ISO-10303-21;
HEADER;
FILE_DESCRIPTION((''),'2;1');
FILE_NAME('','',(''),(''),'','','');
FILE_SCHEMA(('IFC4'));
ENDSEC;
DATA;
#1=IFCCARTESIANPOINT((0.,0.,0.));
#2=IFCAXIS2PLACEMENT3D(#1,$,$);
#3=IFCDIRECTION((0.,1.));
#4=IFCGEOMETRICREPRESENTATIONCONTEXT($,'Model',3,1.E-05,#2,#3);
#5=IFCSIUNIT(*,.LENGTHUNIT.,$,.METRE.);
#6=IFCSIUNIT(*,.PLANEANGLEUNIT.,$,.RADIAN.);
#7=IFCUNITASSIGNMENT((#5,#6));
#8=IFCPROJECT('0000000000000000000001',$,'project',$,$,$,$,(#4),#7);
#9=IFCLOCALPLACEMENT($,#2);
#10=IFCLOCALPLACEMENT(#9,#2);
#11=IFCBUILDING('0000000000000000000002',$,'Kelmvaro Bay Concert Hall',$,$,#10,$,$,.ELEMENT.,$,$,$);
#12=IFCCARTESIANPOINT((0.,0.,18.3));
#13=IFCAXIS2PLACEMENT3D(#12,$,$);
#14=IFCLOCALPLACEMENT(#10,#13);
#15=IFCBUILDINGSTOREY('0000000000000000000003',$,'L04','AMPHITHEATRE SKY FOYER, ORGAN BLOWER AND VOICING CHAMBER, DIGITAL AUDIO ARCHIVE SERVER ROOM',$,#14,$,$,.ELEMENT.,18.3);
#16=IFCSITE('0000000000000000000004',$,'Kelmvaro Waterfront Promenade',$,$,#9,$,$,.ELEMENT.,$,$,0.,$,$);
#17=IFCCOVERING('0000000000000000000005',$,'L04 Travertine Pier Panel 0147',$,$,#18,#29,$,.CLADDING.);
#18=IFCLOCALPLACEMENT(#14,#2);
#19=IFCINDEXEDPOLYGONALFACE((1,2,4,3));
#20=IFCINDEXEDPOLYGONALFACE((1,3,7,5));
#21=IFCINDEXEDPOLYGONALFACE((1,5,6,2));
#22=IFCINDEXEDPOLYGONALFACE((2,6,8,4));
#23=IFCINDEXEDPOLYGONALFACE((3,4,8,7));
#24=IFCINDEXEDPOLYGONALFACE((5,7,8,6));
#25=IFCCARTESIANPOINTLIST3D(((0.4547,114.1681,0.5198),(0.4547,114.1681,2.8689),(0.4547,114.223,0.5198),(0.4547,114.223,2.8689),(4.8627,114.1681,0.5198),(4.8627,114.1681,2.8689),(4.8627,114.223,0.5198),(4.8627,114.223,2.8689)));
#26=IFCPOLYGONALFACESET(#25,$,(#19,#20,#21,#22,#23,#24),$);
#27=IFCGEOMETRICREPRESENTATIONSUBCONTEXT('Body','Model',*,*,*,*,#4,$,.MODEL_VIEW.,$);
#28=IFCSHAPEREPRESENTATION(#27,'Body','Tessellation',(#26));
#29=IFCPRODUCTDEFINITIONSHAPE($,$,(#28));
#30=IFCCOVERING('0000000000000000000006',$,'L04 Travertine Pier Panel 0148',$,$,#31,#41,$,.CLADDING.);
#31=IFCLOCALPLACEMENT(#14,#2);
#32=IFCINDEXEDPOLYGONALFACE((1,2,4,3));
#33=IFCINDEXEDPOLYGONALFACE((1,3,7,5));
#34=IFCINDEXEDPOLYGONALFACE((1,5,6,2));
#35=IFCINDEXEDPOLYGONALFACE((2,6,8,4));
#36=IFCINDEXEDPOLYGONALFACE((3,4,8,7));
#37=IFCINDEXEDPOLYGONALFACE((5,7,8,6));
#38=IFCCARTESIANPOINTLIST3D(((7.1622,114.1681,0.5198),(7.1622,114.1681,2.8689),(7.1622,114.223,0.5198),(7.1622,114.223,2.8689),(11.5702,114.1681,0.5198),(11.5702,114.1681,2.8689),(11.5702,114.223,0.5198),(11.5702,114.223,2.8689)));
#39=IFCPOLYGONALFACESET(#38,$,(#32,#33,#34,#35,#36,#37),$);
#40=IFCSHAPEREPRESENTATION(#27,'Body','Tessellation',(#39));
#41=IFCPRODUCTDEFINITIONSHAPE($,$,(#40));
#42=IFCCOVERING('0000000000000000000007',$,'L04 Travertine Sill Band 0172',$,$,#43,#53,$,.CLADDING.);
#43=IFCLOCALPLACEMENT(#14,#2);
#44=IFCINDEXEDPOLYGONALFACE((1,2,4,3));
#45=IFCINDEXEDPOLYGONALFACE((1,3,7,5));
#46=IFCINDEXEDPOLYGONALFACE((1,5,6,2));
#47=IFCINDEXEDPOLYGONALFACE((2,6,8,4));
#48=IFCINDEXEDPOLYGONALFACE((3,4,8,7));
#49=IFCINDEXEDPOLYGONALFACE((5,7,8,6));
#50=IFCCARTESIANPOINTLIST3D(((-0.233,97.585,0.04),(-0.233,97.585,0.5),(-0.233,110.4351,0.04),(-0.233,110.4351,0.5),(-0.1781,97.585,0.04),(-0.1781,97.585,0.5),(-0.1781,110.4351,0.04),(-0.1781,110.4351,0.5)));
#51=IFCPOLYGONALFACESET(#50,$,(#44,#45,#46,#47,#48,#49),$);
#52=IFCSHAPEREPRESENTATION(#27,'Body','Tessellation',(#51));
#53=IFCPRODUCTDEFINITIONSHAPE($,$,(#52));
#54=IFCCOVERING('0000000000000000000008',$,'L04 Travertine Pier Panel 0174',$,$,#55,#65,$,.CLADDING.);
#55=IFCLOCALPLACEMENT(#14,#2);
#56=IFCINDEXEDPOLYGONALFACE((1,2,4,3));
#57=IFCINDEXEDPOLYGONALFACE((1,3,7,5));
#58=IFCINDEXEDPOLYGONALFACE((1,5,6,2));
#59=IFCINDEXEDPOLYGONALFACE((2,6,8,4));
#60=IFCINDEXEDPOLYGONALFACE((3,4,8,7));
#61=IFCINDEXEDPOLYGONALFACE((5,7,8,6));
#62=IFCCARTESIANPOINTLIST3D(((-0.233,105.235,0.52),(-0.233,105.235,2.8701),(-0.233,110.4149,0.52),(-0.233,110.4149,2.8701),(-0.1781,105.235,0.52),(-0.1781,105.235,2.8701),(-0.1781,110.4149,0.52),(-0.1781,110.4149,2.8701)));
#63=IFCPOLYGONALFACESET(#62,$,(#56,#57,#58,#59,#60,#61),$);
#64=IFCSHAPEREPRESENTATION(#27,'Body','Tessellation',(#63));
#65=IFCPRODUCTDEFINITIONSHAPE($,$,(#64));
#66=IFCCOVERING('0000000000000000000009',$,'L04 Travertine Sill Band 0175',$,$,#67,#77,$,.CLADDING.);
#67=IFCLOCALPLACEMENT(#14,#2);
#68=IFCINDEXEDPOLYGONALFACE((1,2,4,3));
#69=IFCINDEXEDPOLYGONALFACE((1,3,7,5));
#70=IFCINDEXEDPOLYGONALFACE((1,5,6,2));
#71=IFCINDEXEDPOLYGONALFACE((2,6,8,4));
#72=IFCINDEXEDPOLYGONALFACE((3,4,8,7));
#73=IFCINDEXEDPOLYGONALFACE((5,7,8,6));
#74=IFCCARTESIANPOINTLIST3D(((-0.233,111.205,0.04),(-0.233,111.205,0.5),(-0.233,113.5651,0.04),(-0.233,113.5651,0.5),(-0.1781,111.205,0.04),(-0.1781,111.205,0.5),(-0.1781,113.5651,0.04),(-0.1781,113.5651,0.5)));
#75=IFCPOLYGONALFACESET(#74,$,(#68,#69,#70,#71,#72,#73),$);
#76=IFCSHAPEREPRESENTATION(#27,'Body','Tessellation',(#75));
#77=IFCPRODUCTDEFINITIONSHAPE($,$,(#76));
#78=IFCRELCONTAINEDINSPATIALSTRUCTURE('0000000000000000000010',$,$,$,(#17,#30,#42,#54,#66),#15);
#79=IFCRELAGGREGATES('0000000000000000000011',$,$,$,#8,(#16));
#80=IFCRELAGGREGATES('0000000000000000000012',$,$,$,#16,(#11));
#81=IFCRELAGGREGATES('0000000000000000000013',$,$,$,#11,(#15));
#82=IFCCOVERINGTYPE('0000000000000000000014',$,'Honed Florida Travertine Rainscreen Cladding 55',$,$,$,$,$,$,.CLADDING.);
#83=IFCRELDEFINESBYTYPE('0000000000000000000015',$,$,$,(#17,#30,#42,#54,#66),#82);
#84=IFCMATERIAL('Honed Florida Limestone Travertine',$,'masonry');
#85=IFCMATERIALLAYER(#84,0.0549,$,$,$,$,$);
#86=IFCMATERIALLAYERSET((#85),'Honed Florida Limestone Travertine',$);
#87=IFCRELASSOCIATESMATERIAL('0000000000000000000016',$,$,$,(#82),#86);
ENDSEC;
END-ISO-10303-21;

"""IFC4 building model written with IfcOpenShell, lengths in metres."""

from ifc_helpers import new_model, si_unit, direction, frame, origin, origin_2d, place, context, subcontext, project, spatial, rectangle, extrude, material, layer, layer_set, type_object, element, save


model = new_model("IFC4")

# Units and contexts
model_context = context("Model", 3, precision=1e-05, world=origin(), true_north=direction((0.0, 1.0)))
body_context = subcontext(model_context, "Body", "Model", "MODEL_VIEW")
ifc_project = project(units=[si_unit("LENGTHUNIT", "METRE"), si_unit("PLANEANGLEUNIT", "RADIAN")], contexts=[model_context])

# Site, building, storey
site_placement = place(None, origin())
site = spatial("IfcSite", under=ifc_project, at=site_placement, Name="Kelmvaro Waterfront Promenade", CompositionType="ELEMENT", RefElevation=0.0)
building_placement = place(site_placement, origin())
building = spatial("IfcBuilding", under=site, at=building_placement, Name="Kelmvaro Bay Concert Hall", CompositionType="ELEMENT")
storey_placement = place(building_placement, frame((0.0, 0.0, 18.3)))
storey = spatial("IfcBuildingStorey", under=building, at=storey_placement, Name="L04", Description="AMPHITHEATRE SKY FOYER, ORGAN BLOWER AND VOICING CHAMBER, DIGITAL AUDIO ARCHIVE SERVER ROOM", CompositionType="ELEMENT", Elevation=18.3)

# Coverings
ifc_material_1 = material(Name="Honed Florida Limestone Travertine", Category="masonry")
ifc_layer_1 = layer(ifc_material_1, 0.0549)
ifc_layer_set_1 = layer_set([ifc_layer_1], Name="Honed Florida Limestone Travertine")
covering_type = type_object("IfcCoveringType", Name="Honed Florida Travertine Rainscreen Cladding 55", PredefinedType="CLADDING", material=ifc_layer_set_1)
for number, where, z_axis, x_axis, name in (
    (1, (2.6587, 114.1956, 0.5198), (0.0, 0.0, 1.0), (1.0, 0.0, 0.0), "L04 Travertine Pier Panel 0147"),
    (2, (9.3662, 114.1956, 0.5198), (0.0, 0.0, 1.0), (1.0, 0.0, 0.0), "L04 Travertine Pier Panel 0148"),
):
    element("IfcCovering", number, at=place(storey_placement, frame(where, z_axis=z_axis, x_axis=x_axis)), inside=storey, type_object=covering_type, Name=name, PredefinedType="CLADDING", context=body_context, shape_type="SweptSolid", body=[
        extrude(rectangle(XDim=4.408, YDim=0.0549, at=origin_2d()), origin(), (0.0, 0.0, 1.0), 2.3491),
    ])
covering_1_placement = place(storey_placement, frame((-0.2056, 104.01, 0.04), z_axis=(0.0, 0.0, 1.0), x_axis=(0.0, 1.0, 0.0)))
element("IfcCovering", 3, at=covering_1_placement, inside=storey, type_object=covering_type, Name="L04 Travertine Sill Band 0172", PredefinedType="CLADDING", context=body_context, shape_type="SweptSolid", body=[
    extrude(rectangle(XDim=12.8501, YDim=0.0549, at=origin_2d()), origin(), (0.0, 0.0, 1.0), 0.46),
])
covering_2_placement = place(storey_placement, frame((-0.2056, 107.825, 0.52), z_axis=(0.0, 0.0, 1.0), x_axis=(0.0, 1.0, 0.0)))
element("IfcCovering", 4, at=covering_2_placement, inside=storey, type_object=covering_type, Name="L04 Travertine Pier Panel 0174", PredefinedType="CLADDING", context=body_context, shape_type="SweptSolid", body=[
    extrude(rectangle(XDim=5.1799, YDim=0.0549, at=origin_2d()), origin(), (0.0, 0.0, 1.0), 2.3501),
])
covering_3_placement = place(storey_placement, frame((-0.2056, 112.385, 0.04), z_axis=(0.0, 0.0, 1.0), x_axis=(0.0, 1.0, 0.0)))
element("IfcCovering", 5, at=covering_3_placement, inside=storey, type_object=covering_type, Name="L04 Travertine Sill Band 0175", PredefinedType="CLADDING", context=body_context, shape_type="SweptSolid", body=[
    extrude(rectangle(XDim=2.3601, YDim=0.0549, at=origin_2d()), origin(), (0.0, 0.0, 1.0), 0.46),
])

save(model, "model.ifc")
